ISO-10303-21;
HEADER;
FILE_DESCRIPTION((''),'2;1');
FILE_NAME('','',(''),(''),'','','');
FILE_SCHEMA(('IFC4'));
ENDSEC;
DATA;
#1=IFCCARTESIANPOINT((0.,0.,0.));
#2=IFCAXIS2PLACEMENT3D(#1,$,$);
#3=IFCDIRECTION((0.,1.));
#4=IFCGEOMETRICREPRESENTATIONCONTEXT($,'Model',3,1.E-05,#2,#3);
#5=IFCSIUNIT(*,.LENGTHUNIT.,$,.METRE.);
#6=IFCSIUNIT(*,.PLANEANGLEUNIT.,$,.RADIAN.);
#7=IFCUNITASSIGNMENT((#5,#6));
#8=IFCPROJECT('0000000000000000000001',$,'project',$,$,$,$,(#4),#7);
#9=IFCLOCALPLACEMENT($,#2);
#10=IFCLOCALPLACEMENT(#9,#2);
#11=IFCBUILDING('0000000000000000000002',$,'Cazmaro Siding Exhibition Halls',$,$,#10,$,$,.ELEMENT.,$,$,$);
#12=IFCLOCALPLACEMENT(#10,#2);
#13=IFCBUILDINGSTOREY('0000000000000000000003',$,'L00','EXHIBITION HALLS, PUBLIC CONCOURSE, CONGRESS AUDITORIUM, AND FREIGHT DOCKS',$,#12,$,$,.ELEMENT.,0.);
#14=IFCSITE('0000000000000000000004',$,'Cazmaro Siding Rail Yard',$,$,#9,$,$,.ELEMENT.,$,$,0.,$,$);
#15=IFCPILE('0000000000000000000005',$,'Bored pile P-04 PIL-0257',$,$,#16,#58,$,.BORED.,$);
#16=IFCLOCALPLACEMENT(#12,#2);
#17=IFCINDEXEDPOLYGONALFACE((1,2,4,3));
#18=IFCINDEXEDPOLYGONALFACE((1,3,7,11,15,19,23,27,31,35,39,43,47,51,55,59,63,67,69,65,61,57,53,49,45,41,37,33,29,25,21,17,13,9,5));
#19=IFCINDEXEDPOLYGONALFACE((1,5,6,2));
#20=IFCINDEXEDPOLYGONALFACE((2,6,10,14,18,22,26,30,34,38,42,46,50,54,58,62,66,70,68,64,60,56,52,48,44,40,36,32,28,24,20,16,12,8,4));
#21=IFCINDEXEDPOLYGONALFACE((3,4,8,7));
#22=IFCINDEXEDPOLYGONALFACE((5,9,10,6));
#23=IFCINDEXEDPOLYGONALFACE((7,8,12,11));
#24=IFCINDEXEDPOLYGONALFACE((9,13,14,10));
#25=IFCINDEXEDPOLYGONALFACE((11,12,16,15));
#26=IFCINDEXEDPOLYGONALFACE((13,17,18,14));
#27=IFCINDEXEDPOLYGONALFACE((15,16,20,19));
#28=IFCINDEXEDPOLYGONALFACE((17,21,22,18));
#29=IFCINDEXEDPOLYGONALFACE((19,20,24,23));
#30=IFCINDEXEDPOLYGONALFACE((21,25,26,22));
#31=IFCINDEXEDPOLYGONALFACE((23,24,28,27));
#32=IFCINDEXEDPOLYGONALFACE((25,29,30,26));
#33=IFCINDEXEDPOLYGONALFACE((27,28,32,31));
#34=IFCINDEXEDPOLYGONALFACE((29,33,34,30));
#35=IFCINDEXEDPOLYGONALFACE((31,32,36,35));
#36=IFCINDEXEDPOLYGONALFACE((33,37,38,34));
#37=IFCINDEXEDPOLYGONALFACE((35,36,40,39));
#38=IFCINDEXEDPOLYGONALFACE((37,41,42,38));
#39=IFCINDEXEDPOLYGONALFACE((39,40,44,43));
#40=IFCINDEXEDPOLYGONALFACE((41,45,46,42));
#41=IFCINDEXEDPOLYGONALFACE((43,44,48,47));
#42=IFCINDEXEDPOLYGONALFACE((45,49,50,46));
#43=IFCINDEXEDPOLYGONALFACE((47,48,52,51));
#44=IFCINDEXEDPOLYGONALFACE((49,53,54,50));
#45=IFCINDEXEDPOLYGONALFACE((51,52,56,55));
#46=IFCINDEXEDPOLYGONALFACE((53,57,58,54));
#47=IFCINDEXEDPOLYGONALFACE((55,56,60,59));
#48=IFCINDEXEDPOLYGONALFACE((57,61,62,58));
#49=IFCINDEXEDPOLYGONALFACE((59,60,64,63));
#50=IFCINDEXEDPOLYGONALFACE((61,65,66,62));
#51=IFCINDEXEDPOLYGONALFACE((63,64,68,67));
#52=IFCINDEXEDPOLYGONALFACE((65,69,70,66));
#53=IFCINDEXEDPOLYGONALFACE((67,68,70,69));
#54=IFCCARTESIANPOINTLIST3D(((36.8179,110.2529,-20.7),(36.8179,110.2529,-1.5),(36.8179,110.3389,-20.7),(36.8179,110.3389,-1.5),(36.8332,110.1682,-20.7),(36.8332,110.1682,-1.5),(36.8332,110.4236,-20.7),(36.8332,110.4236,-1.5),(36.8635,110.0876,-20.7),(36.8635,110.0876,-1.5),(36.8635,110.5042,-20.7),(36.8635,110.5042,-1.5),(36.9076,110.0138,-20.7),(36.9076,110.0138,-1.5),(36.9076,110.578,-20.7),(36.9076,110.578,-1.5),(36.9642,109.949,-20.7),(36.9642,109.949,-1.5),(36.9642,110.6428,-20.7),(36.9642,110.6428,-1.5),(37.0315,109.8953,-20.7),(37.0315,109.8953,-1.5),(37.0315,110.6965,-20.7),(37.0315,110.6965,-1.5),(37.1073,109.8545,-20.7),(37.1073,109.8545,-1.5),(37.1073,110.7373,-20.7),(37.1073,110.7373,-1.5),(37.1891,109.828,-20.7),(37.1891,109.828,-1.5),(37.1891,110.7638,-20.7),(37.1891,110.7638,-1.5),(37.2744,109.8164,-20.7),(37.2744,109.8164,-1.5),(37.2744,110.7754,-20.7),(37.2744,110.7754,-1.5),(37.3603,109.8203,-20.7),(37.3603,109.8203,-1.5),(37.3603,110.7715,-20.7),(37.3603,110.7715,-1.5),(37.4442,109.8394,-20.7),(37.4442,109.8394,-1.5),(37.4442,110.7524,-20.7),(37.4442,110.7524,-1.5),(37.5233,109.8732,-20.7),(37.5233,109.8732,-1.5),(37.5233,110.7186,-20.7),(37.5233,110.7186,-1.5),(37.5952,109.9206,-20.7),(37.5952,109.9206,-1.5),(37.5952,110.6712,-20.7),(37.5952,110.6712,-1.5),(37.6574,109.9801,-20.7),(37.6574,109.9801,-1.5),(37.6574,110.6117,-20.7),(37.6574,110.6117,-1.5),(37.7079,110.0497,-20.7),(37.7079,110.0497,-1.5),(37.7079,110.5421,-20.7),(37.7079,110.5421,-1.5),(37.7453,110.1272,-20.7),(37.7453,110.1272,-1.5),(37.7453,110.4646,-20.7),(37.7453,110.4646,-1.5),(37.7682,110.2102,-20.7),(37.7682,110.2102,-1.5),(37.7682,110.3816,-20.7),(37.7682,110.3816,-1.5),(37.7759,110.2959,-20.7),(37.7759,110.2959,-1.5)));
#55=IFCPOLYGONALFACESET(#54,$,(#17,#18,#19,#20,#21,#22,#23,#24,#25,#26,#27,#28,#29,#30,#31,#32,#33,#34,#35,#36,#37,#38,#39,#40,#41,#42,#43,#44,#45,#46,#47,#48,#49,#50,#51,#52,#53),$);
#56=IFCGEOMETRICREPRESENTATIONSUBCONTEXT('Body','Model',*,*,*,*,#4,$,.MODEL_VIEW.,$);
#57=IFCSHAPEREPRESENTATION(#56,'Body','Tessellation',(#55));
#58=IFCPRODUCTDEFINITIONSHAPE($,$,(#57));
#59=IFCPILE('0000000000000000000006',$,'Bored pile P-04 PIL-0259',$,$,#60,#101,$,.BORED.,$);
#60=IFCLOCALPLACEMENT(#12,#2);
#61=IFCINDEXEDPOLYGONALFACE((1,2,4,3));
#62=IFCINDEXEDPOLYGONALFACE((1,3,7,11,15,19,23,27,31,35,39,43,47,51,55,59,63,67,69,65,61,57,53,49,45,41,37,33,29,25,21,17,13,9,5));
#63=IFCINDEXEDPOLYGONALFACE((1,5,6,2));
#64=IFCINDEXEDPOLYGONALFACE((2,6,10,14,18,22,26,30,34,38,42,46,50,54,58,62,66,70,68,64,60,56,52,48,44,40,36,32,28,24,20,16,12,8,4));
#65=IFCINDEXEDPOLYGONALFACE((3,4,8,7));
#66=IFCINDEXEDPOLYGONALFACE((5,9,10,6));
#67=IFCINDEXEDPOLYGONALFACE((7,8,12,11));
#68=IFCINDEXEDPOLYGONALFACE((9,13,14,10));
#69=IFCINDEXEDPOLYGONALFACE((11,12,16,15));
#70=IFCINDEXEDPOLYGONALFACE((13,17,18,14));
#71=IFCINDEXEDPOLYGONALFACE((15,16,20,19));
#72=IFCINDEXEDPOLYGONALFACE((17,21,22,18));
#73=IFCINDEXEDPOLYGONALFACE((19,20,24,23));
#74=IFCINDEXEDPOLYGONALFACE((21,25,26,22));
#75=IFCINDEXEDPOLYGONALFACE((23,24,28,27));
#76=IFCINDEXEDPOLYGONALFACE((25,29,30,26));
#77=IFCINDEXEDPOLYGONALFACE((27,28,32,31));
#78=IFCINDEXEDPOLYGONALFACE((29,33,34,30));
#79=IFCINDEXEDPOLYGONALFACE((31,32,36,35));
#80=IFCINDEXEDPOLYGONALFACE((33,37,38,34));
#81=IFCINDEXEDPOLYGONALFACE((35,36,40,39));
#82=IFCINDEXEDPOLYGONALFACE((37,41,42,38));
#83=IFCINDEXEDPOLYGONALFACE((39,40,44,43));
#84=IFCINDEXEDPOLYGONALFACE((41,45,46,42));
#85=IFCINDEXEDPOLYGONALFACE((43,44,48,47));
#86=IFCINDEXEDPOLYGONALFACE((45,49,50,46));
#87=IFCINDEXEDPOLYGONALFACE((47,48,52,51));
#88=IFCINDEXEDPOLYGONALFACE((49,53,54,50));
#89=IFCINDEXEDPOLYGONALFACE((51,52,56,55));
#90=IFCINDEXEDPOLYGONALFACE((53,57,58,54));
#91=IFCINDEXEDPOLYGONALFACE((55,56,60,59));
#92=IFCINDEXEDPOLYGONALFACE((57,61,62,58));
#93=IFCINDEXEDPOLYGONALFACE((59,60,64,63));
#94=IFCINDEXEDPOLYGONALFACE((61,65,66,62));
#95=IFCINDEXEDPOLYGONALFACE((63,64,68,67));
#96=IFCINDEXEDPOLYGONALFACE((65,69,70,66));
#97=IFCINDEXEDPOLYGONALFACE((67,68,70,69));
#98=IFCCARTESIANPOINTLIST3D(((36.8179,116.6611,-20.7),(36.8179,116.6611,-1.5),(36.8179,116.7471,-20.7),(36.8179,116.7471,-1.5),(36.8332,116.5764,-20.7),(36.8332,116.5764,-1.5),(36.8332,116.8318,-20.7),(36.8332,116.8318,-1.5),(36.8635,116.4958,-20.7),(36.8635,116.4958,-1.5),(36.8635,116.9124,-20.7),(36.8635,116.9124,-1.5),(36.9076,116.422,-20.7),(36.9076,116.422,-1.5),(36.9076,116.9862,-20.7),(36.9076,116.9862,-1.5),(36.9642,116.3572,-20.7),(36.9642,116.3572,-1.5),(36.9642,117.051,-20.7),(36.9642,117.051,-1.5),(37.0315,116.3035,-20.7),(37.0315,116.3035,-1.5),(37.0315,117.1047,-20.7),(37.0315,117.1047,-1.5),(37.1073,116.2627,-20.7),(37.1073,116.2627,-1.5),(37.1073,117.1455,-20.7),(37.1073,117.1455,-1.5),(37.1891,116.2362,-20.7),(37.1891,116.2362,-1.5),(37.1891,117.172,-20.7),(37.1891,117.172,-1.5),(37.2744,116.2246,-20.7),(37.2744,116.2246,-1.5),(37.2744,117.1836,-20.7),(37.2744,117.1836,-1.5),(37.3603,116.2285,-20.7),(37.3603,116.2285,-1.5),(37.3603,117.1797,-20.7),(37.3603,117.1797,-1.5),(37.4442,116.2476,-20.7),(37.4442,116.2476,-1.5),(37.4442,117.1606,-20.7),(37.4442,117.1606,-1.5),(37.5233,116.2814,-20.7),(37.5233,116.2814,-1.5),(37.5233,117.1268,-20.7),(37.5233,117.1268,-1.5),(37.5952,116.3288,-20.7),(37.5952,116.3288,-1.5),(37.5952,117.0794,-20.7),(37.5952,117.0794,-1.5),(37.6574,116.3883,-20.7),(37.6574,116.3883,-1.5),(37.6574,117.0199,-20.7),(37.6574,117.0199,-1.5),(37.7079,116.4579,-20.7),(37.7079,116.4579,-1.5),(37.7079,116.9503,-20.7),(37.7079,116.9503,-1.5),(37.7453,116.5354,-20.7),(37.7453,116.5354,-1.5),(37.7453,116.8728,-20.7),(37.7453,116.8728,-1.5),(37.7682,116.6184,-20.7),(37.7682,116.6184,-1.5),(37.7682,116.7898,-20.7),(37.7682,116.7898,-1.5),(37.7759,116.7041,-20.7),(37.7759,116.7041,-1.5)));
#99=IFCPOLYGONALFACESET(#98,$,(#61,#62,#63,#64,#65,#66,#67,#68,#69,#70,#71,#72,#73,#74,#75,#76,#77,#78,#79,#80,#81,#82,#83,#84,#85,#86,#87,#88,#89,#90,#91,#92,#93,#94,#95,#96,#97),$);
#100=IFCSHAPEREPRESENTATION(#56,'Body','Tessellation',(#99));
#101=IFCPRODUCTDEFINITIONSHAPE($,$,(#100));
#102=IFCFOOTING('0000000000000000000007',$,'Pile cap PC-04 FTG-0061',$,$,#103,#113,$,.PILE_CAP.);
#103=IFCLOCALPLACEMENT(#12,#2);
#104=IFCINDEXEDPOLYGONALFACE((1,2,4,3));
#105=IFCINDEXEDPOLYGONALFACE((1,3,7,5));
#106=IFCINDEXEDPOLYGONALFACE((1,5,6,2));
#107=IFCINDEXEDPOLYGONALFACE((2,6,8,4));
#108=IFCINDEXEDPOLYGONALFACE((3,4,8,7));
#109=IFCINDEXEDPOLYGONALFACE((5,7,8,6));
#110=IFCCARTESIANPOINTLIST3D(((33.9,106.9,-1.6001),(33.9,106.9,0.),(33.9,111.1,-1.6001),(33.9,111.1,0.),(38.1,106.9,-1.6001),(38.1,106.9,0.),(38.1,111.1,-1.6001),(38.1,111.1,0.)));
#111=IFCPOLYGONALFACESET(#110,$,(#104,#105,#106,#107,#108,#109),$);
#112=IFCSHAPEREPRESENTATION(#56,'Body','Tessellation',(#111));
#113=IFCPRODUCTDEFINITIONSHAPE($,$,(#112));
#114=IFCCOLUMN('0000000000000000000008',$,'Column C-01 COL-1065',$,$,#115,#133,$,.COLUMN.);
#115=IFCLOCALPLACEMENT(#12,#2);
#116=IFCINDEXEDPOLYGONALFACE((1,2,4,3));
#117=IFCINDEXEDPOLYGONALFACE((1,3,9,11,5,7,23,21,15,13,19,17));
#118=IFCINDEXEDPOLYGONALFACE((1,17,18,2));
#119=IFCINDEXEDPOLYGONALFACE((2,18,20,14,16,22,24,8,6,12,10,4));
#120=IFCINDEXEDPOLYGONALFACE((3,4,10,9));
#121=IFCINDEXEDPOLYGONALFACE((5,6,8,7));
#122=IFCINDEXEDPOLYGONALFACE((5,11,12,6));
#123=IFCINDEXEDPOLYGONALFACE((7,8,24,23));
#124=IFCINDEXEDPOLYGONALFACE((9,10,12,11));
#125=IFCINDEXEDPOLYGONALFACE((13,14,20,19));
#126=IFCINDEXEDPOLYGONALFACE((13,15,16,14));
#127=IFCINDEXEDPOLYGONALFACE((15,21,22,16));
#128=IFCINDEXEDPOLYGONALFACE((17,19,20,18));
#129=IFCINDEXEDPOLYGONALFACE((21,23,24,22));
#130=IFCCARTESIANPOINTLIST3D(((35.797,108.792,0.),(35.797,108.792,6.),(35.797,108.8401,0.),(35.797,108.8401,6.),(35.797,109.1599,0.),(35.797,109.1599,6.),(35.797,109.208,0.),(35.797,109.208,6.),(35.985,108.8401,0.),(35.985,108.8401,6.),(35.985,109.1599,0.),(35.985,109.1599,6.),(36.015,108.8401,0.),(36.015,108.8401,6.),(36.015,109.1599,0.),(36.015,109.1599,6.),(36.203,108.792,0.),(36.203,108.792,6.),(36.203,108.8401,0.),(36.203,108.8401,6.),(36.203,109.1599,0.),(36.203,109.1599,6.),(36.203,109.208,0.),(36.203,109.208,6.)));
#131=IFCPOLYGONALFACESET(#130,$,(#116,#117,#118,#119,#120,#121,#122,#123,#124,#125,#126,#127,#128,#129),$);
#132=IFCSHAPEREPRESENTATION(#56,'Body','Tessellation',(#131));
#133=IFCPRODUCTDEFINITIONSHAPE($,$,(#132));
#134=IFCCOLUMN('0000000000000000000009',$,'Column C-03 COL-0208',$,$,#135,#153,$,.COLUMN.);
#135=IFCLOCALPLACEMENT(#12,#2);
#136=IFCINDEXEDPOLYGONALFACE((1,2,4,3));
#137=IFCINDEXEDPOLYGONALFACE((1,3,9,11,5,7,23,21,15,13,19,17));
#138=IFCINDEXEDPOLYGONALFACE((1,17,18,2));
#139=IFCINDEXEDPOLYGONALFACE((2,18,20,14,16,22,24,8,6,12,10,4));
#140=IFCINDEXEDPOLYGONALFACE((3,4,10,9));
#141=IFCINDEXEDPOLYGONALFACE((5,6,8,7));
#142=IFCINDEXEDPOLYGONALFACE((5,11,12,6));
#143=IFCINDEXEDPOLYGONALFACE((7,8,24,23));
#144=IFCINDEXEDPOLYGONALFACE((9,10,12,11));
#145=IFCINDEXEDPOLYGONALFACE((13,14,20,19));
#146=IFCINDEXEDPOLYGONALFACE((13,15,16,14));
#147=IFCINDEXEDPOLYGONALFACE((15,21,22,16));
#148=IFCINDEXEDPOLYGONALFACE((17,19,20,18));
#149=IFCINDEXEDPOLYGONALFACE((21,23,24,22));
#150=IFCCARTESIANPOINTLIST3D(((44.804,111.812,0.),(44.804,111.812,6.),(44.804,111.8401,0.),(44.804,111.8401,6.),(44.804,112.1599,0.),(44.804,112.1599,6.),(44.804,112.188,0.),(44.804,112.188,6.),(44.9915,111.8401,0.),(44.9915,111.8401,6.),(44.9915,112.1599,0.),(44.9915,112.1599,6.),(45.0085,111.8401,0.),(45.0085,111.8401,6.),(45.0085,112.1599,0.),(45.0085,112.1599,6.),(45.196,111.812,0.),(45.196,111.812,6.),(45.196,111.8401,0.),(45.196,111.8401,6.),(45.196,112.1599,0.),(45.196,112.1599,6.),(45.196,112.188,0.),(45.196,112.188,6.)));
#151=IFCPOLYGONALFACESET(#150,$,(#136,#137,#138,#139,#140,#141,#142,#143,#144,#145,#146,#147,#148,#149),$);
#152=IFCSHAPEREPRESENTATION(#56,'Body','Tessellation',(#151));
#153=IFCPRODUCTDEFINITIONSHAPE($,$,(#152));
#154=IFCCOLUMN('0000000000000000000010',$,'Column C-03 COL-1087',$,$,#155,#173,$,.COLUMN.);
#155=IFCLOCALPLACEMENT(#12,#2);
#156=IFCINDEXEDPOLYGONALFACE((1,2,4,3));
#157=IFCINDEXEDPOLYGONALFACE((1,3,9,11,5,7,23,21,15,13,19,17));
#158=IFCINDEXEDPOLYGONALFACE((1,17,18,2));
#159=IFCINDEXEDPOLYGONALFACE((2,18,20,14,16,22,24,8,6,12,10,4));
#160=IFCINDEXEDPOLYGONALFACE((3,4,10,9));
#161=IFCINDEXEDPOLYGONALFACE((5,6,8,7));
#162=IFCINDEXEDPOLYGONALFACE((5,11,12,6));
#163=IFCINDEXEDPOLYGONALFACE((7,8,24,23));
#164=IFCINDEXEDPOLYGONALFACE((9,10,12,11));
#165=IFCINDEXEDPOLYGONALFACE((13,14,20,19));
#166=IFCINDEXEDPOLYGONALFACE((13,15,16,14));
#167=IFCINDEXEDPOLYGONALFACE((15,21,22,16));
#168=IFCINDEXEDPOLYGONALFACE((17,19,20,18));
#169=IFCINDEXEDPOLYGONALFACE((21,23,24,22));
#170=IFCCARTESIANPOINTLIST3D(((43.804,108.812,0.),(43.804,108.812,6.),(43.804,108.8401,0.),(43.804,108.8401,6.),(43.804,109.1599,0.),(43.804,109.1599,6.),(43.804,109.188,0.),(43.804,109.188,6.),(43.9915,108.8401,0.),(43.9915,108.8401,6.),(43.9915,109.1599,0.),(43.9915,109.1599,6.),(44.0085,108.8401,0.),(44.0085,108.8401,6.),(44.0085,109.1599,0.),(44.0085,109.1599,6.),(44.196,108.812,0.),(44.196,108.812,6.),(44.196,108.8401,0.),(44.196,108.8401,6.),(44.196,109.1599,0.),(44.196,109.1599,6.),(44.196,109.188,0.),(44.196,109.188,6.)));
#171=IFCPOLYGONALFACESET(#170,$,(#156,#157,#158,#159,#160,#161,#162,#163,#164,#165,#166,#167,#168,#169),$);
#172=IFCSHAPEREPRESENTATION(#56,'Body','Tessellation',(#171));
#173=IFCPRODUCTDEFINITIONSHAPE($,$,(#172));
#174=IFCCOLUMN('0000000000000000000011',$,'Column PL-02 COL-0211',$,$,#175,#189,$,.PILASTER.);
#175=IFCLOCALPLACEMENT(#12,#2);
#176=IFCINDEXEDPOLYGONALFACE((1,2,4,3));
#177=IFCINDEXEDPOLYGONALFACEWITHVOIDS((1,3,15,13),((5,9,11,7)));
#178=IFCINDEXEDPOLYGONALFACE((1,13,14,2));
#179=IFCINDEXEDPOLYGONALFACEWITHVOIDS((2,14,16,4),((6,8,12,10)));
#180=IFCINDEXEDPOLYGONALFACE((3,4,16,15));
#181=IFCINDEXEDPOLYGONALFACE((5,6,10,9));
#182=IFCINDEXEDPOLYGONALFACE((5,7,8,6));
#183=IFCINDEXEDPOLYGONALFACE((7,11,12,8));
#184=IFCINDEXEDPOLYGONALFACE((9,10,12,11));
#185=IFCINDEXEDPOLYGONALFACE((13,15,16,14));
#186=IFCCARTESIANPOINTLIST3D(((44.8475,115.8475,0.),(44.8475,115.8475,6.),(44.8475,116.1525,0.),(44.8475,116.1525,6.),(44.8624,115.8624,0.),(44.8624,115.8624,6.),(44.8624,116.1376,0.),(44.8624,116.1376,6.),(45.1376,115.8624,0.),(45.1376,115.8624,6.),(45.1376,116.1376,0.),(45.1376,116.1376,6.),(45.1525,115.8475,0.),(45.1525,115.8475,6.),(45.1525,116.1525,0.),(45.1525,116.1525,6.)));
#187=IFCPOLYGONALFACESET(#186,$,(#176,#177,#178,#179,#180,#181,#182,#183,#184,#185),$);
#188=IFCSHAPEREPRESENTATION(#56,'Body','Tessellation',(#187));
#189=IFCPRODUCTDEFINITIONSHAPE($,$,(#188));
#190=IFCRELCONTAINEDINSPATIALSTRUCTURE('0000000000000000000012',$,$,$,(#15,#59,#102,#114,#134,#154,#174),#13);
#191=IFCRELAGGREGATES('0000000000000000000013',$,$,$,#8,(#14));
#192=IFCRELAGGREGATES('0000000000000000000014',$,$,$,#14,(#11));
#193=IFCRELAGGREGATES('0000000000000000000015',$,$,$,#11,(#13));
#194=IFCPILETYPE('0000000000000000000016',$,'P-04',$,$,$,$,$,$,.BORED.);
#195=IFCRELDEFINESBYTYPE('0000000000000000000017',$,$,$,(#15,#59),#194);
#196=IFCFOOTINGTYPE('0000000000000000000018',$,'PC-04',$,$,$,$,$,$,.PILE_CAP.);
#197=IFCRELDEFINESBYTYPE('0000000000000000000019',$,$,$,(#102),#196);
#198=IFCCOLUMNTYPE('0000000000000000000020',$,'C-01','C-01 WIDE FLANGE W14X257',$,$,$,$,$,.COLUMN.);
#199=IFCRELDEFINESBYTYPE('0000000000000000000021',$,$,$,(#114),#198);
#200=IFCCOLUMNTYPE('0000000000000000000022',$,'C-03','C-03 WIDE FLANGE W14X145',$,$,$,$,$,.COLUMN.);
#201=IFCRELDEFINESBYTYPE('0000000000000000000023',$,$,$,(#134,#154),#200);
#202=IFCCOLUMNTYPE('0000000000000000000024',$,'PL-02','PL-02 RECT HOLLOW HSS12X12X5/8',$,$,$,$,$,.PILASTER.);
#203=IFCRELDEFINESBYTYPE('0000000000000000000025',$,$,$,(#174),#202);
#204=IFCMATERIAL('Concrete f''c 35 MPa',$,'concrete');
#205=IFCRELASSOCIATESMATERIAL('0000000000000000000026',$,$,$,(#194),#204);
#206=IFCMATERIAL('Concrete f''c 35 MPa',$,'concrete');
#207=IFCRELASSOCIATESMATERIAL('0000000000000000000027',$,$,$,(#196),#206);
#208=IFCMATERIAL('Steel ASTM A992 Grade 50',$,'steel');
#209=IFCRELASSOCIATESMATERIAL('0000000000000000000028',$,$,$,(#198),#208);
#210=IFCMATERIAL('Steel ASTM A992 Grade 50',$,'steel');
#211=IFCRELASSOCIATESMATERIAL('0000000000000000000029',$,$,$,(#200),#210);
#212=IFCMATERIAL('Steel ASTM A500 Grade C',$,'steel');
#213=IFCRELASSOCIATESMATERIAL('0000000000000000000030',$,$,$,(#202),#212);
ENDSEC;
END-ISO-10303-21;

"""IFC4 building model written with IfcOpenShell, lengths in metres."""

from ifc_helpers import new_model, si_unit, direction, frame, origin, origin_2d, place, context, subcontext, project, spatial, rectangle, hollow_rectangle, circle, i_section, extrude, material, material_profile, profile_set, type_object, element, save


model = new_model("IFC4")

# Units and contexts
model_context = context("Model", 3, precision=1e-05, world=origin(), true_north=direction((0.0, 1.0)))
body_context = subcontext(model_context, "Body", "Model", "MODEL_VIEW")
ifc_project = project(units=[si_unit("LENGTHUNIT", "METRE"), si_unit("PLANEANGLEUNIT", "RADIAN")], contexts=[model_context])

# Site, building, storey
site_placement = place(None, origin())
site = spatial("IfcSite", under=ifc_project, at=site_placement, Name="Cazmaro Siding Rail Yard", CompositionType="ELEMENT", RefElevation=0.0)
building_placement = place(site_placement, origin())
building = spatial("IfcBuilding", under=site, at=building_placement, Name="Cazmaro Siding Exhibition Halls", CompositionType="ELEMENT")
storey_placement = place(building_placement, origin())
storey = spatial("IfcBuildingStorey", under=building, at=storey_placement, Name="L00", Description="EXHIBITION HALLS, PUBLIC CONCOURSE, CONGRESS AUDITORIUM, AND FREIGHT DOCKS", CompositionType="ELEMENT", Elevation=0.0)

# Piles
ifc_material_1 = material(Name="Concrete f'c 35 MPa", Category="concrete")
ifc_material_profile_1 = material_profile(ifc_material_1, circle(Radius=0.48, at=origin_2d()), Name="CIDH-960")
ifc_profile_set_1 = profile_set([ifc_material_profile_1], Name="Concrete f'c 35 MPa")
pile_type_1 = type_object("IfcPileType", Name="P-04", PredefinedType="BORED", material=ifc_profile_set_1)
for number, where, z_axis, x_axis, name in (
    (1, (37.2959, 110.2959, -1.5), (0.0, 0.0, -1.0), (1.0, 0.0, 0.0), "Bored pile P-04 PIL-0257"),
    (2, (37.2959, 116.7041, -1.5), (0.0, 0.0, -1.0), (1.0, 0.0, 0.0), "Bored pile P-04 PIL-0259"),
):
    element("IfcPile", number, at=place(storey_placement, frame(where, z_axis=z_axis, x_axis=x_axis)), inside=storey, type_object=pile_type_1, Name=name, PredefinedType="BORED", context=body_context, shape_type="SweptSolid", body=[
        extrude(circle(Radius=0.48, at=origin_2d()), origin(), (0.0, 0.0, 1.0), 19.2),
    ])

# Footing
ifc_material_2 = material(Name="Concrete f'c 35 MPa", Category="concrete")
footing_type = type_object("IfcFootingType", Name="PC-04", PredefinedType="PILE_CAP", material=ifc_material_2)
footing_placement = place(storey_placement, frame((36.0, 109.0, -1.6001), z_axis=(0.0, 0.0, 1.0), x_axis=(1.0, 0.0, 0.0)))
element("IfcFooting", 3, at=footing_placement, inside=storey, type_object=footing_type, Name="Pile cap PC-04 FTG-0061", PredefinedType="PILE_CAP", context=body_context, shape_type="SweptSolid", body=[
    extrude(rectangle(XDim=4.2, YDim=4.2, at=origin_2d()), origin(), (0.0, 0.0, 1.0), 1.6001),
])

# Columns
ifc_material_3 = material(Name="Steel ASTM A992 Grade 50", Category="steel")
ifc_material_profile_2 = material_profile(ifc_material_3, i_section(OverallWidth=0.406, OverallDepth=0.416, WebThickness=0.03, FlangeThickness=0.0481, at=origin_2d()), Name="W14X257")
ifc_profile_set_2 = profile_set([ifc_material_profile_2], Name="Steel ASTM A992 Grade 50")
column_type_1 = type_object("IfcColumnType", Name="C-01", Description="C-01 WIDE FLANGE W14X257", PredefinedType="COLUMN", material=ifc_profile_set_2)
column_1_placement = place(storey_placement, frame((36.0, 109.0, 0.0), z_axis=(0.0, 0.0, 1.0), x_axis=(1.0, 0.0, 0.0)))
element("IfcColumn", 4, at=column_1_placement, inside=storey, type_object=column_type_1, Name="Column C-01 COL-1065", PredefinedType="COLUMN", context=body_context, shape_type="SweptSolid", body=[
    extrude(i_section(OverallWidth=0.406, OverallDepth=0.416, WebThickness=0.03, FlangeThickness=0.0481, at=origin_2d()), origin(), (0.0, 0.0, 1.0), 6.0),
])
ifc_material_4 = material(Name="Steel ASTM A992 Grade 50", Category="steel")
ifc_material_profile_3 = material_profile(ifc_material_4, i_section(OverallWidth=0.3921, OverallDepth=0.376, WebThickness=0.0171, FlangeThickness=0.0281, at=origin_2d()), Name="W14X145")
ifc_profile_set_3 = profile_set([ifc_material_profile_3], Name="Steel ASTM A992 Grade 50")
column_type_2 = type_object("IfcColumnType", Name="C-03", Description="C-03 WIDE FLANGE W14X145", PredefinedType="COLUMN", material=ifc_profile_set_3)
for number, where, z_axis, x_axis, name in (
    (5, (45.0, 112.0, 0.0), (0.0, 0.0, 1.0), (1.0, 0.0, 0.0), "Column C-03 COL-0208"),
    (6, (44.0, 109.0, 0.0), (0.0, 0.0, 1.0), (1.0, 0.0, 0.0), "Column C-03 COL-1087"),
):
    element("IfcColumn", number, at=place(storey_placement, frame(where, z_axis=z_axis, x_axis=x_axis)), inside=storey, type_object=column_type_2, Name=name, PredefinedType="COLUMN", context=body_context, shape_type="SweptSolid", body=[
        extrude(i_section(OverallWidth=0.3921, OverallDepth=0.376, WebThickness=0.0171, FlangeThickness=0.0281, at=origin_2d()), origin(), (0.0, 0.0, 1.0), 6.0),
    ])
ifc_material_5 = material(Name="Steel ASTM A500 Grade C", Category="steel")
ifc_material_profile_4 = material_profile(ifc_material_5, hollow_rectangle(XDim=0.3049, YDim=0.3049, WallThickness=0.0149, at=origin_2d()), Name="HSS12X12X5/8")
ifc_profile_set_4 = profile_set([ifc_material_profile_4], Name="Steel ASTM A500 Grade C")
column_type_3 = type_object("IfcColumnType", Name="PL-02", Description="PL-02 RECT HOLLOW HSS12X12X5/8", PredefinedType="PILASTER", material=ifc_profile_set_4)
column_2_placement = place(storey_placement, frame((45.0, 116.0, 0.0), z_axis=(0.0, 0.0, 1.0), x_axis=(1.0, 0.0, 0.0)))
element("IfcColumn", 7, at=column_2_placement, inside=storey, type_object=column_type_3, Name="Column PL-02 COL-0211", PredefinedType="PILASTER", context=body_context, shape_type="SweptSolid", body=[
    extrude(hollow_rectangle(XDim=0.3049, YDim=0.3049, WallThickness=0.0149, at=origin_2d()), origin(), (0.0, 0.0, 1.0), 6.0),
])

save(model, "model.ifc")
